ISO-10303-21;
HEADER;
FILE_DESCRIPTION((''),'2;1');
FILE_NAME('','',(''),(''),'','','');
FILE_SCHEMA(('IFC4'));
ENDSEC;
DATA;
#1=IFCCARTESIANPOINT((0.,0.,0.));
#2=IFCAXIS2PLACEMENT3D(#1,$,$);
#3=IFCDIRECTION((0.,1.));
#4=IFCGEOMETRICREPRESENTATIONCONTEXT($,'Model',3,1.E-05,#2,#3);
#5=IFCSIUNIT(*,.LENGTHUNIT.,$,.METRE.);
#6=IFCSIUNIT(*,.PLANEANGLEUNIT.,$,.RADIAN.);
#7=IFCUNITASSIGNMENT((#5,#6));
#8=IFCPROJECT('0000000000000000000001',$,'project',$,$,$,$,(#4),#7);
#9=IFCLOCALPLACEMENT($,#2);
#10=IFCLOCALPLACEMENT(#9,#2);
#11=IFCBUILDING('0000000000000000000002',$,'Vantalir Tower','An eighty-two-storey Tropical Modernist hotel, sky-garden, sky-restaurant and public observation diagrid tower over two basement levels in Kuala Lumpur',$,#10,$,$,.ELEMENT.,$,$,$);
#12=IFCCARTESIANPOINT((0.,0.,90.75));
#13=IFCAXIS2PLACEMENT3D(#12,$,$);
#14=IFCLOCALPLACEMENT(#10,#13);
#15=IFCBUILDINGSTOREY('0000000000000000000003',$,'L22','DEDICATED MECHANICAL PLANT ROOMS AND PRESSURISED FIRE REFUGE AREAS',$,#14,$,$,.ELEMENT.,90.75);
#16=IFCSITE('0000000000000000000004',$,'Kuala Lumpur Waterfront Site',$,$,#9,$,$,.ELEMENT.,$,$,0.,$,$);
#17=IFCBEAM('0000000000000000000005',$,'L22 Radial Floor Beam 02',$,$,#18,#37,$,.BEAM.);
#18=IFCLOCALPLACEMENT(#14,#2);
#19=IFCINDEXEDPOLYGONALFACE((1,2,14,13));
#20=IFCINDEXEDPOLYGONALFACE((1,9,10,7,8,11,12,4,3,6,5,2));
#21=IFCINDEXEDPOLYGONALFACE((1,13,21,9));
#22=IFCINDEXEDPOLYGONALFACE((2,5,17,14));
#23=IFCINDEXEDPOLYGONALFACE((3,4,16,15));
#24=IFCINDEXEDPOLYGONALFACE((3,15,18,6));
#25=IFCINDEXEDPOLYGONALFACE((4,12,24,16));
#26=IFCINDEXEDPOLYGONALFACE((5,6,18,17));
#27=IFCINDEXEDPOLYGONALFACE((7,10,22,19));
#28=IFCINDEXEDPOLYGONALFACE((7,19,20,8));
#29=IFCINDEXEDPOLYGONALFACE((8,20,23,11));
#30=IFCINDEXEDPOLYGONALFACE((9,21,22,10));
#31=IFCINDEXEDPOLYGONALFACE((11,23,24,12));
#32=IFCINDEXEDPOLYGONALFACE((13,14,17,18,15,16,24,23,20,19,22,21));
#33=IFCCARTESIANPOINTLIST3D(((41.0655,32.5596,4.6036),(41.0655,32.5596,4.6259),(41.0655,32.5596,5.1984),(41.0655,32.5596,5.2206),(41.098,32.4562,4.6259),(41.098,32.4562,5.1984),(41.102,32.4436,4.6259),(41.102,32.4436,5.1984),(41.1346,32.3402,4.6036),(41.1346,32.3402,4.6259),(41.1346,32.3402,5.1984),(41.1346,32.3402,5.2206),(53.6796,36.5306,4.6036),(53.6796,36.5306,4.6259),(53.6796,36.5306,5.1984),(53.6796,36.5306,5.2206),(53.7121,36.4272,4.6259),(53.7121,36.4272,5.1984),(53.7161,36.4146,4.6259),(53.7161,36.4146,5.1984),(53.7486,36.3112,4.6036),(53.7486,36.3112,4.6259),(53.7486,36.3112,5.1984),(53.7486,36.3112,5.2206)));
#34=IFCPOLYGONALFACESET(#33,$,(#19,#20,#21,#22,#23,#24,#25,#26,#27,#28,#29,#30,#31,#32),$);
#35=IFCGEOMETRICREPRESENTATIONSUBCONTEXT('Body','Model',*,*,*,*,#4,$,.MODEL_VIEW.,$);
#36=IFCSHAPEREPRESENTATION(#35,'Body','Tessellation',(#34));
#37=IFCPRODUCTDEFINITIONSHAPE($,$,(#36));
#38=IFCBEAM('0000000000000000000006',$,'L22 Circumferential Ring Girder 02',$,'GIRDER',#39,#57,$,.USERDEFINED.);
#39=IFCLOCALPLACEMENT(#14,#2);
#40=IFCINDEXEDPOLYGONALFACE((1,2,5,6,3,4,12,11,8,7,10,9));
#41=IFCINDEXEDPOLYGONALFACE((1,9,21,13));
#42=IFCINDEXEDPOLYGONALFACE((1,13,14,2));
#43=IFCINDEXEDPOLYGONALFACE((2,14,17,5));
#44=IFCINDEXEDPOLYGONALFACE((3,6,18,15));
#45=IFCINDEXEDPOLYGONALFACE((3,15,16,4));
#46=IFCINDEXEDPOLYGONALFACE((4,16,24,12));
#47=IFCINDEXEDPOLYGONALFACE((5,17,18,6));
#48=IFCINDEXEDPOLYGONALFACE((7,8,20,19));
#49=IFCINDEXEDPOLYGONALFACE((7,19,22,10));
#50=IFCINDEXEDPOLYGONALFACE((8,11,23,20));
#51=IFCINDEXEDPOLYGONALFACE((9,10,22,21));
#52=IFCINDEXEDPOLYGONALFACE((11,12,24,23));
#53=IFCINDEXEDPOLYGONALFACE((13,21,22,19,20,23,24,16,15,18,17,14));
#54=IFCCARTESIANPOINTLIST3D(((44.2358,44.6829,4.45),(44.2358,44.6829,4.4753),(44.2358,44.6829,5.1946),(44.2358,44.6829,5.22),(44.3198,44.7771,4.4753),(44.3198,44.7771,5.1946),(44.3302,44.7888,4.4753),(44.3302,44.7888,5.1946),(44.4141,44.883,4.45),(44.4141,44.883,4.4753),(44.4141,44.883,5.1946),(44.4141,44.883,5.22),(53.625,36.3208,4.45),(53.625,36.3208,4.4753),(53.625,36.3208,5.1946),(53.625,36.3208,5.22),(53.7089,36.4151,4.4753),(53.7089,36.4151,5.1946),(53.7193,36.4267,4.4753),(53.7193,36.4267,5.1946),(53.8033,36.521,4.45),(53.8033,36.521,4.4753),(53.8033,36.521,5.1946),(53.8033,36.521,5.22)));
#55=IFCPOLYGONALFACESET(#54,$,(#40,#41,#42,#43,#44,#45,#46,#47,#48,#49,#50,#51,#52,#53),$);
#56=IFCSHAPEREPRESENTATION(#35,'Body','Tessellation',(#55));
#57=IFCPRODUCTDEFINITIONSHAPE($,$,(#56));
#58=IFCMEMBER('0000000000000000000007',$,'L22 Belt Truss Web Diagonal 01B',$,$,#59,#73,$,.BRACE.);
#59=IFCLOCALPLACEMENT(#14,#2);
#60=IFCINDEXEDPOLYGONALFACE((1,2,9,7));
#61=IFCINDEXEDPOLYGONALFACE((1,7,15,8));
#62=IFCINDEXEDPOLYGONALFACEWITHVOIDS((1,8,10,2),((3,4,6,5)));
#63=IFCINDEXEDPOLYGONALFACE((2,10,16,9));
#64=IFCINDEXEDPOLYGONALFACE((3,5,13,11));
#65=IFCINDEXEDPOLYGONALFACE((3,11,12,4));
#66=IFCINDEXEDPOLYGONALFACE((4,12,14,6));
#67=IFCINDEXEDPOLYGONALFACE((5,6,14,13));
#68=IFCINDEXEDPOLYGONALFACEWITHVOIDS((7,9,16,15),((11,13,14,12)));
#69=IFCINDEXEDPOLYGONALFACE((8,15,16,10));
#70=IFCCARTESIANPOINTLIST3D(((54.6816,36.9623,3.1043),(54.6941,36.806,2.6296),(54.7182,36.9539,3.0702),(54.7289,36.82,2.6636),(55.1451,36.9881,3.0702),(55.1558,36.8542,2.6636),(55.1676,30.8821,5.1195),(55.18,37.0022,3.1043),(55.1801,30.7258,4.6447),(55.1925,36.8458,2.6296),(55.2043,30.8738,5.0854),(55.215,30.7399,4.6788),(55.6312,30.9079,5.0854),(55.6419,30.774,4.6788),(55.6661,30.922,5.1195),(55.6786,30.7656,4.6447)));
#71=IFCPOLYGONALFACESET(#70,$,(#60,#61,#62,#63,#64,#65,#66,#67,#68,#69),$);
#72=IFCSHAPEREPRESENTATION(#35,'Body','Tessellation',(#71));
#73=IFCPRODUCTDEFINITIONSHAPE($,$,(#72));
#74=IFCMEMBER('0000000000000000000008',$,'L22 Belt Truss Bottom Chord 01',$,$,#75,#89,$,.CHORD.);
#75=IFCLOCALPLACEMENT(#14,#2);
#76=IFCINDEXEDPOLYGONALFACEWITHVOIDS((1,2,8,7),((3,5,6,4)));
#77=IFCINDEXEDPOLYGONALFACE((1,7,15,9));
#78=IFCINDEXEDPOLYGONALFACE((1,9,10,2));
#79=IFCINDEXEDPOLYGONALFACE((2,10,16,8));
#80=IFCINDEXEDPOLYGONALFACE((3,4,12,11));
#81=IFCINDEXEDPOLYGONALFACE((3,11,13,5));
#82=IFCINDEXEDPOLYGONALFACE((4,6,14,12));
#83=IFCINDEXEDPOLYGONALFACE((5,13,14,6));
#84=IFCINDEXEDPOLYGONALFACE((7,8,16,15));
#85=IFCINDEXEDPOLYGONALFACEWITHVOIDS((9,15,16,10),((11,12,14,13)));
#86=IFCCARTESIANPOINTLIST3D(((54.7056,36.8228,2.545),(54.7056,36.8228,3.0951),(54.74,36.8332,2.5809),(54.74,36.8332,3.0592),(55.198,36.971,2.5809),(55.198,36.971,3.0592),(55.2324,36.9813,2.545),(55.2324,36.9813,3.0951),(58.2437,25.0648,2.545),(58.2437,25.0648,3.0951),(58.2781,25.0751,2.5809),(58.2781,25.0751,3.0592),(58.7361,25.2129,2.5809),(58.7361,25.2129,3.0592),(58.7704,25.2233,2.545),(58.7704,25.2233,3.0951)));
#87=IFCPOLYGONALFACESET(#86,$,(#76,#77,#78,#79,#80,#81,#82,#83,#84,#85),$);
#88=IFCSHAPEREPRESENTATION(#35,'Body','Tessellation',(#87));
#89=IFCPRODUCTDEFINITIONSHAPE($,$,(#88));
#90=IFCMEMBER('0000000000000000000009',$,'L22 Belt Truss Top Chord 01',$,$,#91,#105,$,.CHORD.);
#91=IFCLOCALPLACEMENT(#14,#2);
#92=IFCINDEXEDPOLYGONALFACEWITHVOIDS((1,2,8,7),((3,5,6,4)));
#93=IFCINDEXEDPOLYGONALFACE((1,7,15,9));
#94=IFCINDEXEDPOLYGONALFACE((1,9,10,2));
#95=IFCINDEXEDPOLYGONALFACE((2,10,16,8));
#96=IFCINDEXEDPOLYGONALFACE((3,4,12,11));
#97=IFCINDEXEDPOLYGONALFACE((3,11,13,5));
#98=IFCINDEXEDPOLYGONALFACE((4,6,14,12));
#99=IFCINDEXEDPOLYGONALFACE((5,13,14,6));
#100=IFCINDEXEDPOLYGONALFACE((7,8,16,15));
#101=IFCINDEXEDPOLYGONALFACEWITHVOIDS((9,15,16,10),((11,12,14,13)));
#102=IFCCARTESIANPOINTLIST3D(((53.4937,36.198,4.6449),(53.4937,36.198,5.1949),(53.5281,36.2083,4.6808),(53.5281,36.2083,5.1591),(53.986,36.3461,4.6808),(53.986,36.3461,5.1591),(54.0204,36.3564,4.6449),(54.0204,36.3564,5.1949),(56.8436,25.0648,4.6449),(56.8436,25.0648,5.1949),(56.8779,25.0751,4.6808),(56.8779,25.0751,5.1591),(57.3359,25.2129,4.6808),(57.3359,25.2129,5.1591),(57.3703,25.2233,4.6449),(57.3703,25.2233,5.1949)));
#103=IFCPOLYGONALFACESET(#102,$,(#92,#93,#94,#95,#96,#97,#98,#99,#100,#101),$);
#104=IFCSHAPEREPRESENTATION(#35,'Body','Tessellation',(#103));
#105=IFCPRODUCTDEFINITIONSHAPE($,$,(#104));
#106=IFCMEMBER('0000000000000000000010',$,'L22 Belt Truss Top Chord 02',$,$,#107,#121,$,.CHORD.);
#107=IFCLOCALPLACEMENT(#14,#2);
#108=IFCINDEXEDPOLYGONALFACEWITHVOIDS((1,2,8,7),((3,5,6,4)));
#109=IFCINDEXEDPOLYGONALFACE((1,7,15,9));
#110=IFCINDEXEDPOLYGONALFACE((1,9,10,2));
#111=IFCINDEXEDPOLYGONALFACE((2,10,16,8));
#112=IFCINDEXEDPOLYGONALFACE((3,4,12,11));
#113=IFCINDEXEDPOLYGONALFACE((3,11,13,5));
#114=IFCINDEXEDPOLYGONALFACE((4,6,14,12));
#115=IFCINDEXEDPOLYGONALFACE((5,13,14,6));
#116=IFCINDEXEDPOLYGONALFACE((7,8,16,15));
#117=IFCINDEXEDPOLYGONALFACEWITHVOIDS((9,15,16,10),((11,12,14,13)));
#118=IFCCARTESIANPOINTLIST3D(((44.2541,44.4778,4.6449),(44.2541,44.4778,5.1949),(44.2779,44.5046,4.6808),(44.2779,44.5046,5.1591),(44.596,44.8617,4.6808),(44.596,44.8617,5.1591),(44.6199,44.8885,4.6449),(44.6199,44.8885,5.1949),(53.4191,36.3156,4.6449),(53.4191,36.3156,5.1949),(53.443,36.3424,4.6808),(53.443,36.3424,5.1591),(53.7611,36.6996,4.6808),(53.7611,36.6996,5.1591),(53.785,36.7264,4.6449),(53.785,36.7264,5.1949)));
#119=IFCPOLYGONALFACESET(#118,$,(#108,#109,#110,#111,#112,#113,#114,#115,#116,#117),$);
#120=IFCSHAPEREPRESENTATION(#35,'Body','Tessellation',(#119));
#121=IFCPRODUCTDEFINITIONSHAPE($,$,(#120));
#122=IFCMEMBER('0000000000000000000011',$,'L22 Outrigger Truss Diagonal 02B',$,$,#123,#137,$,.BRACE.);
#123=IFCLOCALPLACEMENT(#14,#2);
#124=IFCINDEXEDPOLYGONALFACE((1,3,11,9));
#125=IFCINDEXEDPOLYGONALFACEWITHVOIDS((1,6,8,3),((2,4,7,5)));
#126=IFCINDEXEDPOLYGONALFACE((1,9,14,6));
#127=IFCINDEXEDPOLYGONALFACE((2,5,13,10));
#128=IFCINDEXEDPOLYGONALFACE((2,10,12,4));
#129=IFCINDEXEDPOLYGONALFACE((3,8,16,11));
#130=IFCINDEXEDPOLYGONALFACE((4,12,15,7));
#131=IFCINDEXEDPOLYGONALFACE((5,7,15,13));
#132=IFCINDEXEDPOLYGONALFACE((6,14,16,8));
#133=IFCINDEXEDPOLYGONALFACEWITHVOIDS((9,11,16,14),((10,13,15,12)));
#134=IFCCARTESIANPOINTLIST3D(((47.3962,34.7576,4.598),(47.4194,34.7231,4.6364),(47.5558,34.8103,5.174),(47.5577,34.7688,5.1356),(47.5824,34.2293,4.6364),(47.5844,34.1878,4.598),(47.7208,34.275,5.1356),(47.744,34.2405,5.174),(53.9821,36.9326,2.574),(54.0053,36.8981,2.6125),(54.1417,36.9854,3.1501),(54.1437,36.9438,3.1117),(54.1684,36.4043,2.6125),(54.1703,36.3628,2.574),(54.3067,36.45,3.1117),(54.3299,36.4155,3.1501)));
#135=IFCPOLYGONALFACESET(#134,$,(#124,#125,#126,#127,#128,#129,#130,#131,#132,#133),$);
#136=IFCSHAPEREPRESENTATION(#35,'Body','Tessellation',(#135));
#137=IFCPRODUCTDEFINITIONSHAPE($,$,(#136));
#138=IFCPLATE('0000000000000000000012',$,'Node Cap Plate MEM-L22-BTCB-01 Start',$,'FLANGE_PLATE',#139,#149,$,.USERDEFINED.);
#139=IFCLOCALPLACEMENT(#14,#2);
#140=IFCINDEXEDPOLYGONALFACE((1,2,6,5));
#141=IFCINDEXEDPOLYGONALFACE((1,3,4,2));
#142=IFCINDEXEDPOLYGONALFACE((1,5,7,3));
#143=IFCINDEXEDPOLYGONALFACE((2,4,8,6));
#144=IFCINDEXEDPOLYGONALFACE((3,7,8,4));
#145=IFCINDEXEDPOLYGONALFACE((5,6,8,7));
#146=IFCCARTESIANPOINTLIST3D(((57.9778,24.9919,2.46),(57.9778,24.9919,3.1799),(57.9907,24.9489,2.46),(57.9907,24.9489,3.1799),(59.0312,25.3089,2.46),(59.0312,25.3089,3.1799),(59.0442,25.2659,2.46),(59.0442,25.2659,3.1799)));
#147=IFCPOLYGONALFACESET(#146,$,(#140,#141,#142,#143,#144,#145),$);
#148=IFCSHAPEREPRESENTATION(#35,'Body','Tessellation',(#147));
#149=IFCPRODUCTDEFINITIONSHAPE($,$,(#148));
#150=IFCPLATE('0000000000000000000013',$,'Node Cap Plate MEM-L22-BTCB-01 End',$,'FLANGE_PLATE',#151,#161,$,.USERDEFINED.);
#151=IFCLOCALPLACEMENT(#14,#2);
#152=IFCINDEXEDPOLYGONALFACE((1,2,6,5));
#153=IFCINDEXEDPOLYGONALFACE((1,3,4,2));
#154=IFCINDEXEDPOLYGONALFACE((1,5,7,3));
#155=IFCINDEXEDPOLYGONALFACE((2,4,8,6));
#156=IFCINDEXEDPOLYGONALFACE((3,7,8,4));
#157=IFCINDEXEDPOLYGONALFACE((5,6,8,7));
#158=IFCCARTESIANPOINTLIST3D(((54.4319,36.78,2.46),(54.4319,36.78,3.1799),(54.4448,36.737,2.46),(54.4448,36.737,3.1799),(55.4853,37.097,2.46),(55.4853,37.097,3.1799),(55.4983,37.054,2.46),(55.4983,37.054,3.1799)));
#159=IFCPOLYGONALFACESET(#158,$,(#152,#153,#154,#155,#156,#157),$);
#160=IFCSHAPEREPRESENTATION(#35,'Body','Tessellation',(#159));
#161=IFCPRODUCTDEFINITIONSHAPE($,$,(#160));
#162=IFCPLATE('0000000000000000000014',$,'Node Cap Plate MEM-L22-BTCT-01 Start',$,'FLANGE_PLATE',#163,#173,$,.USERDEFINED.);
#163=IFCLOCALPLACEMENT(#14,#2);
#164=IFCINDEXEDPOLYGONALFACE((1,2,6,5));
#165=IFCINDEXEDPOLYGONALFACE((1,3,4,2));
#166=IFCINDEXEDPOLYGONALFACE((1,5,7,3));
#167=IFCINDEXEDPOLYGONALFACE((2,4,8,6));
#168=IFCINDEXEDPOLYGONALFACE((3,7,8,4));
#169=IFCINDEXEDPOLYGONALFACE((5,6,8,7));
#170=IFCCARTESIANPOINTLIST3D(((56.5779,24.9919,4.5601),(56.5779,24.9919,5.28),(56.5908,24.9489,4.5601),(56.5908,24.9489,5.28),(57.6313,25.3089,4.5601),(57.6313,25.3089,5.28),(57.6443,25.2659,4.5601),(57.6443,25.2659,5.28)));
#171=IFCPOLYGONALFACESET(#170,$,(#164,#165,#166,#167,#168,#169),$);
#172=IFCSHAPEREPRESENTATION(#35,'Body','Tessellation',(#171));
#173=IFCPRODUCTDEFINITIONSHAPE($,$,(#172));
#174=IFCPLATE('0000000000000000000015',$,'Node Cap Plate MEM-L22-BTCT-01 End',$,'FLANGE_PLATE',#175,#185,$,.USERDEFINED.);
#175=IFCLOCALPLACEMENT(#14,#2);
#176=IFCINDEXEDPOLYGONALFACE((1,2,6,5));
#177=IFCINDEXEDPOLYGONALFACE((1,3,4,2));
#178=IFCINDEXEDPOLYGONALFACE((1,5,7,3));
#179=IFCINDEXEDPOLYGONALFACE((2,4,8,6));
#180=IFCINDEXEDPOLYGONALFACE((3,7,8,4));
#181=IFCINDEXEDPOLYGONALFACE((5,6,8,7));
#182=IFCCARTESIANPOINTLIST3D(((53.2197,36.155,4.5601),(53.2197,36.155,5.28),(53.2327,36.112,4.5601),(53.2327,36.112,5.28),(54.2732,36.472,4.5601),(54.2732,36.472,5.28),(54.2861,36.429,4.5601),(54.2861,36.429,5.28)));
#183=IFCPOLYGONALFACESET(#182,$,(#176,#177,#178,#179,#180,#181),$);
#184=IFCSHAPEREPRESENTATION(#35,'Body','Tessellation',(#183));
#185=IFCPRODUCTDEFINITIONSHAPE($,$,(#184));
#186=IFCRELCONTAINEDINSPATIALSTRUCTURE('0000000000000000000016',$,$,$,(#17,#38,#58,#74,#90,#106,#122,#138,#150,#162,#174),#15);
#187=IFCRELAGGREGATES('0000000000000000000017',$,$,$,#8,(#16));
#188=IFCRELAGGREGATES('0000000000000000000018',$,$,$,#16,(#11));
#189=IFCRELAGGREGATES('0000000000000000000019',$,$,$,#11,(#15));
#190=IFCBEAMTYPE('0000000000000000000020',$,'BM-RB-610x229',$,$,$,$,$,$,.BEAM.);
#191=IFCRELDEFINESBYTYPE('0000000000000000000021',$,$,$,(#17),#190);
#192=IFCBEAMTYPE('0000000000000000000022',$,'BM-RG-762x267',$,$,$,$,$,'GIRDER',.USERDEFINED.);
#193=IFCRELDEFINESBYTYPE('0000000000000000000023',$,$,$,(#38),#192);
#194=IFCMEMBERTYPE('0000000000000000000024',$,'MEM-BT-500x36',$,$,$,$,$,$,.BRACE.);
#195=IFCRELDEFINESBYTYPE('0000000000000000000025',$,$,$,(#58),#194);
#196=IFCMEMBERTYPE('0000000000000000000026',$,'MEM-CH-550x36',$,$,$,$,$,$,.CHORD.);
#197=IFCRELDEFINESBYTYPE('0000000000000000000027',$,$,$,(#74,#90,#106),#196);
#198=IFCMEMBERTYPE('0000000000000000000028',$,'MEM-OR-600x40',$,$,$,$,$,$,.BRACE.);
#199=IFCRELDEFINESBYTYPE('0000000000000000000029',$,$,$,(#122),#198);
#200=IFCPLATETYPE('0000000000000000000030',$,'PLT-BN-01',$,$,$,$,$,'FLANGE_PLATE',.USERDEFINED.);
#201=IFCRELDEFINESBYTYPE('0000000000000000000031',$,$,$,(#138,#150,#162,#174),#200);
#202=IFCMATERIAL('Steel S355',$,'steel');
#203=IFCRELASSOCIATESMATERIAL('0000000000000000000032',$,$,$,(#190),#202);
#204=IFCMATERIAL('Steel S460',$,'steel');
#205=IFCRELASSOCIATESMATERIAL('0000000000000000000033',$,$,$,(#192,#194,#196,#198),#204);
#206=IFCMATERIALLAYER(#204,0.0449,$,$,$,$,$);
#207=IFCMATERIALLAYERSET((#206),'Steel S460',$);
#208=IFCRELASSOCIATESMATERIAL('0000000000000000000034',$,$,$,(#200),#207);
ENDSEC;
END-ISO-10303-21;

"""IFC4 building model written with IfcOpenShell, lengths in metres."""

from ifc_helpers import new_model, si_unit, direction, frame, origin, origin_2d, place, context, subcontext, project, spatial, rectangle, hollow_rectangle, i_section, extrude, material, layer, layer_set, material_profile, profile_set, type_object, element, save


model = new_model("IFC4")

# Units and contexts
model_context = context("Model", 3, precision=1e-05, world=origin(), true_north=direction((0.0, 1.0)))
body_context = subcontext(model_context, "Body", "Model", "MODEL_VIEW")
ifc_project = project(units=[si_unit("LENGTHUNIT", "METRE"), si_unit("PLANEANGLEUNIT", "RADIAN")], contexts=[model_context])

# Site, building, storey
site_placement = place(None, origin())
site = spatial("IfcSite", under=ifc_project, at=site_placement, Name="Kuala Lumpur Waterfront Site", CompositionType="ELEMENT", RefElevation=0.0)
building_placement = place(site_placement, origin())
building = spatial("IfcBuilding", under=site, at=building_placement, Name="Vantalir Tower", Description="An eighty-two-storey Tropical Modernist hotel, sky-garden, sky-restaurant and public observation diagrid tower over two basement levels in Kuala Lumpur", CompositionType="ELEMENT")
storey_placement = place(building_placement, frame((0.0, 0.0, 90.75)))
storey = spatial("IfcBuildingStorey", under=building, at=storey_placement, Name="L22", Description="DEDICATED MECHANICAL PLANT ROOMS AND PRESSURISED FIRE REFUGE AREAS", CompositionType="ELEMENT", Elevation=90.75)

# Beams
ifc_material_1 = material(Name="Steel S355", Category="steel")
ifc_material_profile_1 = material_profile(ifc_material_1, i_section(OverallWidth=0.23, OverallDepth=0.6169, WebThickness=0.0132, FlangeThickness=0.0222, at=origin_2d()), Name="Steel S355")
ifc_profile_set_1 = profile_set([ifc_material_profile_1], Name="Steel S355")
beam_type_1 = type_object("IfcBeamType", Name="BM-RB-610x229", PredefinedType="BEAM", material=ifc_profile_set_1)
beam_1_placement = place(storey_placement, frame((53.7141, 36.4209, 4.9121), z_axis=(-0.953852, -0.300277, 0.0), x_axis=(0.300277, -0.953852, 0.0)))
element("IfcBeam", 1, at=beam_1_placement, inside=storey, type_object=beam_type_1, Name="L22 Radial Floor Beam 02", PredefinedType="BEAM", context=body_context, shape_type="SweptSolid", body=[
    extrude(i_section(OverallWidth=0.23, OverallDepth=0.6169, WebThickness=0.0132, FlangeThickness=0.0222, at=origin_2d()), origin(), (0.0, 0.0, 1.0), 13.2244),
])
ifc_material_2 = material(Name="Steel S460", Category="steel")
ifc_material_profile_2 = material_profile(ifc_material_2, i_section(OverallWidth=0.2681, OverallDepth=0.77, WebThickness=0.0156, FlangeThickness=0.0254, at=origin_2d()), Name="Steel S460")
ifc_profile_set_2 = profile_set([ifc_material_profile_2], Name="Steel S460")
beam_type_2 = type_object("IfcBeamType", Name="BM-RG-762x267", ElementType="GIRDER", PredefinedType="USERDEFINED", material=ifc_profile_set_2)
beam_2_placement = place(storey_placement, frame((53.7141, 36.4209, 4.835), z_axis=(-0.746772, 0.665081, 0.0), x_axis=(-0.665081, -0.746772, 0.0)))
element("IfcBeam", 2, at=beam_2_placement, inside=storey, type_object=beam_type_2, Name="L22 Circumferential Ring Girder 02", ObjectType="GIRDER", PredefinedType="USERDEFINED", context=body_context, shape_type="SweptSolid", body=[
    extrude(i_section(OverallWidth=0.2681, OverallDepth=0.77, WebThickness=0.0156, FlangeThickness=0.0254, at=origin_2d()), origin(), (0.0, 0.0, 1.0), 12.573),
])

# Members
ifc_material_profile_3 = material_profile(ifc_material_2, hollow_rectangle(XDim=0.5, YDim=0.5, WallThickness=0.0359, at=origin_2d()), Name="Steel S460")
ifc_profile_set_3 = profile_set([ifc_material_profile_3], Name="Steel S460")
member_type_1 = type_object("IfcMemberType", Name="MEM-BT-500x36", PredefinedType="BRACE", material=ifc_profile_set_3)
member_1_placement = place(storey_placement, frame((54.937, 36.9041, 2.8669), z_axis=(0.07567, -0.946502, 0.313702), x_axis=(0.996819, 0.079693, 0.0)))
element("IfcMember", 3, at=member_1_placement, inside=storey, type_object=member_type_1, Name="L22 Belt Truss Web Diagonal 01B", PredefinedType="BRACE", context=body_context, shape_type="SweptSolid", body=[
    extrude(hollow_rectangle(XDim=0.5, YDim=0.5, WallThickness=0.0359, at=origin_2d()), origin(), (0.0, 0.0, 1.0), 6.4238),
])
ifc_material_profile_4 = material_profile(ifc_material_2, hollow_rectangle(XDim=0.55, YDim=0.55, WallThickness=0.0359, at=origin_2d()), Name="Steel S460")
ifc_profile_set_4 = profile_set([ifc_material_profile_4], Name="Steel S460")
member_type_2 = type_object("IfcMemberType", Name="MEM-CH-550x36", PredefinedType="CHORD", material=ifc_profile_set_4)
member_2_placement = place(storey_placement, frame((58.5071, 25.144, 2.8201), z_axis=(-0.288145, 0.957587, 0.0), x_axis=(-0.957587, -0.288145, 0.0)))
element("IfcMember", 4, at=member_2_placement, inside=storey, type_object=member_type_2, Name="L22 Belt Truss Bottom Chord 01", PredefinedType="CHORD", context=body_context, shape_type="SweptSolid", body=[
    extrude(hollow_rectangle(XDim=0.55, YDim=0.55, WallThickness=0.0359, at=origin_2d()), origin(), (0.0, 0.0, 1.0), 12.2788),
])
member_3_placement = place(storey_placement, frame((57.1069, 25.144, 4.9199), z_axis=(-0.288132, 0.957591, 0.0), x_axis=(-0.957591, -0.288132, 0.0)))
element("IfcMember", 5, at=member_3_placement, inside=storey, type_object=member_type_2, Name="L22 Belt Truss Top Chord 01", PredefinedType="CHORD", context=body_context, shape_type="SweptSolid", body=[
    extrude(hollow_rectangle(XDim=0.55, YDim=0.55, WallThickness=0.0359, at=origin_2d()), origin(), (0.0, 0.0, 1.0), 11.6262),
])
member_4_placement = place(storey_placement, frame((53.6021, 36.521, 4.9199), z_axis=(-0.746786, 0.665065, 0.0), x_axis=(-0.665065, -0.746786, 0.0)))
element("IfcMember", 6, at=member_4_placement, inside=storey, type_object=member_type_2, Name="L22 Belt Truss Top Chord 02", PredefinedType="CHORD", context=body_context, shape_type="SweptSolid", body=[
    extrude(hollow_rectangle(XDim=0.55, YDim=0.55, WallThickness=0.0359, at=origin_2d()), origin(), (0.0, 0.0, 1.0), 12.2727),
])
ifc_material_profile_5 = material_profile(ifc_material_2, hollow_rectangle(XDim=0.6001, YDim=0.6001, WallThickness=0.04, at=origin_2d()), Name="Steel S460")
ifc_profile_set_5 = profile_set([ifc_material_profile_5], Name="Steel S460")
member_type_3 = type_object("IfcMemberType", Name="MEM-OR-600x40", PredefinedType="BRACE", material=ifc_profile_set_5)
member_5_placement = place(storey_placement, frame((47.5701, 34.499, 4.886), z_axis=(0.911539, 0.301042, -0.280125), x_axis=(-0.313597, 0.949556, 0.0)))
element("IfcMember", 7, at=member_5_placement, inside=storey, type_object=member_type_3, Name="L22 Outrigger Truss Diagonal 02B", PredefinedType="BRACE", context=body_context, shape_type="SweptSolid", body=[
    extrude(hollow_rectangle(XDim=0.6001, YDim=0.6001, WallThickness=0.04, at=origin_2d()), origin(), (0.0, 0.0, 1.0), 7.2251),
])

# Plates
ifc_layer_1 = layer(ifc_material_2, 0.0449)
ifc_layer_set_1 = layer_set([ifc_layer_1], Name="Steel S460")
plate_type_1 = type_object("IfcPlateType", Name="PLT-BN-01", ElementType="FLANGE_PLATE", PredefinedType="USERDEFINED", material=ifc_layer_set_1)
for number, where, z_axis, x_axis, name in (
    (8, (58.511, 25.1289, 2.46), (0.0, 0.0, 1.0), (-0.288096, 0.957602, 0.0), "Node Cap Plate MEM-L22-BTCB-01 Start"),
    (9, (54.9651, 36.917, 2.46), (0.0, 0.0, 1.0), (-0.288096, 0.957602, 0.0), "Node Cap Plate MEM-L22-BTCB-01 End"),
    (10, (57.1111, 25.1289, 4.5601), (0.0, 0.0, 1.0), (-0.288096, 0.957602, 0.0), "Node Cap Plate MEM-L22-BTCT-01 Start"),
    (11, (53.7529, 36.292, 4.5601), (0.0, 0.0, 1.0), (-0.288096, 0.957602, 0.0), "Node Cap Plate MEM-L22-BTCT-01 End"),
):
    element("IfcPlate", number, at=place(storey_placement, frame(where, z_axis=z_axis, x_axis=x_axis)), inside=storey, type_object=plate_type_1, Name=name, ObjectType="FLANGE_PLATE", PredefinedType="USERDEFINED", context=body_context, shape_type="SweptSolid", body=[
        extrude(rectangle(XDim=0.0449, YDim=1.1001, at=origin_2d()), origin(), (0.0, 0.0, 1.0), 0.72),
    ])

save(model, "model.ifc")
